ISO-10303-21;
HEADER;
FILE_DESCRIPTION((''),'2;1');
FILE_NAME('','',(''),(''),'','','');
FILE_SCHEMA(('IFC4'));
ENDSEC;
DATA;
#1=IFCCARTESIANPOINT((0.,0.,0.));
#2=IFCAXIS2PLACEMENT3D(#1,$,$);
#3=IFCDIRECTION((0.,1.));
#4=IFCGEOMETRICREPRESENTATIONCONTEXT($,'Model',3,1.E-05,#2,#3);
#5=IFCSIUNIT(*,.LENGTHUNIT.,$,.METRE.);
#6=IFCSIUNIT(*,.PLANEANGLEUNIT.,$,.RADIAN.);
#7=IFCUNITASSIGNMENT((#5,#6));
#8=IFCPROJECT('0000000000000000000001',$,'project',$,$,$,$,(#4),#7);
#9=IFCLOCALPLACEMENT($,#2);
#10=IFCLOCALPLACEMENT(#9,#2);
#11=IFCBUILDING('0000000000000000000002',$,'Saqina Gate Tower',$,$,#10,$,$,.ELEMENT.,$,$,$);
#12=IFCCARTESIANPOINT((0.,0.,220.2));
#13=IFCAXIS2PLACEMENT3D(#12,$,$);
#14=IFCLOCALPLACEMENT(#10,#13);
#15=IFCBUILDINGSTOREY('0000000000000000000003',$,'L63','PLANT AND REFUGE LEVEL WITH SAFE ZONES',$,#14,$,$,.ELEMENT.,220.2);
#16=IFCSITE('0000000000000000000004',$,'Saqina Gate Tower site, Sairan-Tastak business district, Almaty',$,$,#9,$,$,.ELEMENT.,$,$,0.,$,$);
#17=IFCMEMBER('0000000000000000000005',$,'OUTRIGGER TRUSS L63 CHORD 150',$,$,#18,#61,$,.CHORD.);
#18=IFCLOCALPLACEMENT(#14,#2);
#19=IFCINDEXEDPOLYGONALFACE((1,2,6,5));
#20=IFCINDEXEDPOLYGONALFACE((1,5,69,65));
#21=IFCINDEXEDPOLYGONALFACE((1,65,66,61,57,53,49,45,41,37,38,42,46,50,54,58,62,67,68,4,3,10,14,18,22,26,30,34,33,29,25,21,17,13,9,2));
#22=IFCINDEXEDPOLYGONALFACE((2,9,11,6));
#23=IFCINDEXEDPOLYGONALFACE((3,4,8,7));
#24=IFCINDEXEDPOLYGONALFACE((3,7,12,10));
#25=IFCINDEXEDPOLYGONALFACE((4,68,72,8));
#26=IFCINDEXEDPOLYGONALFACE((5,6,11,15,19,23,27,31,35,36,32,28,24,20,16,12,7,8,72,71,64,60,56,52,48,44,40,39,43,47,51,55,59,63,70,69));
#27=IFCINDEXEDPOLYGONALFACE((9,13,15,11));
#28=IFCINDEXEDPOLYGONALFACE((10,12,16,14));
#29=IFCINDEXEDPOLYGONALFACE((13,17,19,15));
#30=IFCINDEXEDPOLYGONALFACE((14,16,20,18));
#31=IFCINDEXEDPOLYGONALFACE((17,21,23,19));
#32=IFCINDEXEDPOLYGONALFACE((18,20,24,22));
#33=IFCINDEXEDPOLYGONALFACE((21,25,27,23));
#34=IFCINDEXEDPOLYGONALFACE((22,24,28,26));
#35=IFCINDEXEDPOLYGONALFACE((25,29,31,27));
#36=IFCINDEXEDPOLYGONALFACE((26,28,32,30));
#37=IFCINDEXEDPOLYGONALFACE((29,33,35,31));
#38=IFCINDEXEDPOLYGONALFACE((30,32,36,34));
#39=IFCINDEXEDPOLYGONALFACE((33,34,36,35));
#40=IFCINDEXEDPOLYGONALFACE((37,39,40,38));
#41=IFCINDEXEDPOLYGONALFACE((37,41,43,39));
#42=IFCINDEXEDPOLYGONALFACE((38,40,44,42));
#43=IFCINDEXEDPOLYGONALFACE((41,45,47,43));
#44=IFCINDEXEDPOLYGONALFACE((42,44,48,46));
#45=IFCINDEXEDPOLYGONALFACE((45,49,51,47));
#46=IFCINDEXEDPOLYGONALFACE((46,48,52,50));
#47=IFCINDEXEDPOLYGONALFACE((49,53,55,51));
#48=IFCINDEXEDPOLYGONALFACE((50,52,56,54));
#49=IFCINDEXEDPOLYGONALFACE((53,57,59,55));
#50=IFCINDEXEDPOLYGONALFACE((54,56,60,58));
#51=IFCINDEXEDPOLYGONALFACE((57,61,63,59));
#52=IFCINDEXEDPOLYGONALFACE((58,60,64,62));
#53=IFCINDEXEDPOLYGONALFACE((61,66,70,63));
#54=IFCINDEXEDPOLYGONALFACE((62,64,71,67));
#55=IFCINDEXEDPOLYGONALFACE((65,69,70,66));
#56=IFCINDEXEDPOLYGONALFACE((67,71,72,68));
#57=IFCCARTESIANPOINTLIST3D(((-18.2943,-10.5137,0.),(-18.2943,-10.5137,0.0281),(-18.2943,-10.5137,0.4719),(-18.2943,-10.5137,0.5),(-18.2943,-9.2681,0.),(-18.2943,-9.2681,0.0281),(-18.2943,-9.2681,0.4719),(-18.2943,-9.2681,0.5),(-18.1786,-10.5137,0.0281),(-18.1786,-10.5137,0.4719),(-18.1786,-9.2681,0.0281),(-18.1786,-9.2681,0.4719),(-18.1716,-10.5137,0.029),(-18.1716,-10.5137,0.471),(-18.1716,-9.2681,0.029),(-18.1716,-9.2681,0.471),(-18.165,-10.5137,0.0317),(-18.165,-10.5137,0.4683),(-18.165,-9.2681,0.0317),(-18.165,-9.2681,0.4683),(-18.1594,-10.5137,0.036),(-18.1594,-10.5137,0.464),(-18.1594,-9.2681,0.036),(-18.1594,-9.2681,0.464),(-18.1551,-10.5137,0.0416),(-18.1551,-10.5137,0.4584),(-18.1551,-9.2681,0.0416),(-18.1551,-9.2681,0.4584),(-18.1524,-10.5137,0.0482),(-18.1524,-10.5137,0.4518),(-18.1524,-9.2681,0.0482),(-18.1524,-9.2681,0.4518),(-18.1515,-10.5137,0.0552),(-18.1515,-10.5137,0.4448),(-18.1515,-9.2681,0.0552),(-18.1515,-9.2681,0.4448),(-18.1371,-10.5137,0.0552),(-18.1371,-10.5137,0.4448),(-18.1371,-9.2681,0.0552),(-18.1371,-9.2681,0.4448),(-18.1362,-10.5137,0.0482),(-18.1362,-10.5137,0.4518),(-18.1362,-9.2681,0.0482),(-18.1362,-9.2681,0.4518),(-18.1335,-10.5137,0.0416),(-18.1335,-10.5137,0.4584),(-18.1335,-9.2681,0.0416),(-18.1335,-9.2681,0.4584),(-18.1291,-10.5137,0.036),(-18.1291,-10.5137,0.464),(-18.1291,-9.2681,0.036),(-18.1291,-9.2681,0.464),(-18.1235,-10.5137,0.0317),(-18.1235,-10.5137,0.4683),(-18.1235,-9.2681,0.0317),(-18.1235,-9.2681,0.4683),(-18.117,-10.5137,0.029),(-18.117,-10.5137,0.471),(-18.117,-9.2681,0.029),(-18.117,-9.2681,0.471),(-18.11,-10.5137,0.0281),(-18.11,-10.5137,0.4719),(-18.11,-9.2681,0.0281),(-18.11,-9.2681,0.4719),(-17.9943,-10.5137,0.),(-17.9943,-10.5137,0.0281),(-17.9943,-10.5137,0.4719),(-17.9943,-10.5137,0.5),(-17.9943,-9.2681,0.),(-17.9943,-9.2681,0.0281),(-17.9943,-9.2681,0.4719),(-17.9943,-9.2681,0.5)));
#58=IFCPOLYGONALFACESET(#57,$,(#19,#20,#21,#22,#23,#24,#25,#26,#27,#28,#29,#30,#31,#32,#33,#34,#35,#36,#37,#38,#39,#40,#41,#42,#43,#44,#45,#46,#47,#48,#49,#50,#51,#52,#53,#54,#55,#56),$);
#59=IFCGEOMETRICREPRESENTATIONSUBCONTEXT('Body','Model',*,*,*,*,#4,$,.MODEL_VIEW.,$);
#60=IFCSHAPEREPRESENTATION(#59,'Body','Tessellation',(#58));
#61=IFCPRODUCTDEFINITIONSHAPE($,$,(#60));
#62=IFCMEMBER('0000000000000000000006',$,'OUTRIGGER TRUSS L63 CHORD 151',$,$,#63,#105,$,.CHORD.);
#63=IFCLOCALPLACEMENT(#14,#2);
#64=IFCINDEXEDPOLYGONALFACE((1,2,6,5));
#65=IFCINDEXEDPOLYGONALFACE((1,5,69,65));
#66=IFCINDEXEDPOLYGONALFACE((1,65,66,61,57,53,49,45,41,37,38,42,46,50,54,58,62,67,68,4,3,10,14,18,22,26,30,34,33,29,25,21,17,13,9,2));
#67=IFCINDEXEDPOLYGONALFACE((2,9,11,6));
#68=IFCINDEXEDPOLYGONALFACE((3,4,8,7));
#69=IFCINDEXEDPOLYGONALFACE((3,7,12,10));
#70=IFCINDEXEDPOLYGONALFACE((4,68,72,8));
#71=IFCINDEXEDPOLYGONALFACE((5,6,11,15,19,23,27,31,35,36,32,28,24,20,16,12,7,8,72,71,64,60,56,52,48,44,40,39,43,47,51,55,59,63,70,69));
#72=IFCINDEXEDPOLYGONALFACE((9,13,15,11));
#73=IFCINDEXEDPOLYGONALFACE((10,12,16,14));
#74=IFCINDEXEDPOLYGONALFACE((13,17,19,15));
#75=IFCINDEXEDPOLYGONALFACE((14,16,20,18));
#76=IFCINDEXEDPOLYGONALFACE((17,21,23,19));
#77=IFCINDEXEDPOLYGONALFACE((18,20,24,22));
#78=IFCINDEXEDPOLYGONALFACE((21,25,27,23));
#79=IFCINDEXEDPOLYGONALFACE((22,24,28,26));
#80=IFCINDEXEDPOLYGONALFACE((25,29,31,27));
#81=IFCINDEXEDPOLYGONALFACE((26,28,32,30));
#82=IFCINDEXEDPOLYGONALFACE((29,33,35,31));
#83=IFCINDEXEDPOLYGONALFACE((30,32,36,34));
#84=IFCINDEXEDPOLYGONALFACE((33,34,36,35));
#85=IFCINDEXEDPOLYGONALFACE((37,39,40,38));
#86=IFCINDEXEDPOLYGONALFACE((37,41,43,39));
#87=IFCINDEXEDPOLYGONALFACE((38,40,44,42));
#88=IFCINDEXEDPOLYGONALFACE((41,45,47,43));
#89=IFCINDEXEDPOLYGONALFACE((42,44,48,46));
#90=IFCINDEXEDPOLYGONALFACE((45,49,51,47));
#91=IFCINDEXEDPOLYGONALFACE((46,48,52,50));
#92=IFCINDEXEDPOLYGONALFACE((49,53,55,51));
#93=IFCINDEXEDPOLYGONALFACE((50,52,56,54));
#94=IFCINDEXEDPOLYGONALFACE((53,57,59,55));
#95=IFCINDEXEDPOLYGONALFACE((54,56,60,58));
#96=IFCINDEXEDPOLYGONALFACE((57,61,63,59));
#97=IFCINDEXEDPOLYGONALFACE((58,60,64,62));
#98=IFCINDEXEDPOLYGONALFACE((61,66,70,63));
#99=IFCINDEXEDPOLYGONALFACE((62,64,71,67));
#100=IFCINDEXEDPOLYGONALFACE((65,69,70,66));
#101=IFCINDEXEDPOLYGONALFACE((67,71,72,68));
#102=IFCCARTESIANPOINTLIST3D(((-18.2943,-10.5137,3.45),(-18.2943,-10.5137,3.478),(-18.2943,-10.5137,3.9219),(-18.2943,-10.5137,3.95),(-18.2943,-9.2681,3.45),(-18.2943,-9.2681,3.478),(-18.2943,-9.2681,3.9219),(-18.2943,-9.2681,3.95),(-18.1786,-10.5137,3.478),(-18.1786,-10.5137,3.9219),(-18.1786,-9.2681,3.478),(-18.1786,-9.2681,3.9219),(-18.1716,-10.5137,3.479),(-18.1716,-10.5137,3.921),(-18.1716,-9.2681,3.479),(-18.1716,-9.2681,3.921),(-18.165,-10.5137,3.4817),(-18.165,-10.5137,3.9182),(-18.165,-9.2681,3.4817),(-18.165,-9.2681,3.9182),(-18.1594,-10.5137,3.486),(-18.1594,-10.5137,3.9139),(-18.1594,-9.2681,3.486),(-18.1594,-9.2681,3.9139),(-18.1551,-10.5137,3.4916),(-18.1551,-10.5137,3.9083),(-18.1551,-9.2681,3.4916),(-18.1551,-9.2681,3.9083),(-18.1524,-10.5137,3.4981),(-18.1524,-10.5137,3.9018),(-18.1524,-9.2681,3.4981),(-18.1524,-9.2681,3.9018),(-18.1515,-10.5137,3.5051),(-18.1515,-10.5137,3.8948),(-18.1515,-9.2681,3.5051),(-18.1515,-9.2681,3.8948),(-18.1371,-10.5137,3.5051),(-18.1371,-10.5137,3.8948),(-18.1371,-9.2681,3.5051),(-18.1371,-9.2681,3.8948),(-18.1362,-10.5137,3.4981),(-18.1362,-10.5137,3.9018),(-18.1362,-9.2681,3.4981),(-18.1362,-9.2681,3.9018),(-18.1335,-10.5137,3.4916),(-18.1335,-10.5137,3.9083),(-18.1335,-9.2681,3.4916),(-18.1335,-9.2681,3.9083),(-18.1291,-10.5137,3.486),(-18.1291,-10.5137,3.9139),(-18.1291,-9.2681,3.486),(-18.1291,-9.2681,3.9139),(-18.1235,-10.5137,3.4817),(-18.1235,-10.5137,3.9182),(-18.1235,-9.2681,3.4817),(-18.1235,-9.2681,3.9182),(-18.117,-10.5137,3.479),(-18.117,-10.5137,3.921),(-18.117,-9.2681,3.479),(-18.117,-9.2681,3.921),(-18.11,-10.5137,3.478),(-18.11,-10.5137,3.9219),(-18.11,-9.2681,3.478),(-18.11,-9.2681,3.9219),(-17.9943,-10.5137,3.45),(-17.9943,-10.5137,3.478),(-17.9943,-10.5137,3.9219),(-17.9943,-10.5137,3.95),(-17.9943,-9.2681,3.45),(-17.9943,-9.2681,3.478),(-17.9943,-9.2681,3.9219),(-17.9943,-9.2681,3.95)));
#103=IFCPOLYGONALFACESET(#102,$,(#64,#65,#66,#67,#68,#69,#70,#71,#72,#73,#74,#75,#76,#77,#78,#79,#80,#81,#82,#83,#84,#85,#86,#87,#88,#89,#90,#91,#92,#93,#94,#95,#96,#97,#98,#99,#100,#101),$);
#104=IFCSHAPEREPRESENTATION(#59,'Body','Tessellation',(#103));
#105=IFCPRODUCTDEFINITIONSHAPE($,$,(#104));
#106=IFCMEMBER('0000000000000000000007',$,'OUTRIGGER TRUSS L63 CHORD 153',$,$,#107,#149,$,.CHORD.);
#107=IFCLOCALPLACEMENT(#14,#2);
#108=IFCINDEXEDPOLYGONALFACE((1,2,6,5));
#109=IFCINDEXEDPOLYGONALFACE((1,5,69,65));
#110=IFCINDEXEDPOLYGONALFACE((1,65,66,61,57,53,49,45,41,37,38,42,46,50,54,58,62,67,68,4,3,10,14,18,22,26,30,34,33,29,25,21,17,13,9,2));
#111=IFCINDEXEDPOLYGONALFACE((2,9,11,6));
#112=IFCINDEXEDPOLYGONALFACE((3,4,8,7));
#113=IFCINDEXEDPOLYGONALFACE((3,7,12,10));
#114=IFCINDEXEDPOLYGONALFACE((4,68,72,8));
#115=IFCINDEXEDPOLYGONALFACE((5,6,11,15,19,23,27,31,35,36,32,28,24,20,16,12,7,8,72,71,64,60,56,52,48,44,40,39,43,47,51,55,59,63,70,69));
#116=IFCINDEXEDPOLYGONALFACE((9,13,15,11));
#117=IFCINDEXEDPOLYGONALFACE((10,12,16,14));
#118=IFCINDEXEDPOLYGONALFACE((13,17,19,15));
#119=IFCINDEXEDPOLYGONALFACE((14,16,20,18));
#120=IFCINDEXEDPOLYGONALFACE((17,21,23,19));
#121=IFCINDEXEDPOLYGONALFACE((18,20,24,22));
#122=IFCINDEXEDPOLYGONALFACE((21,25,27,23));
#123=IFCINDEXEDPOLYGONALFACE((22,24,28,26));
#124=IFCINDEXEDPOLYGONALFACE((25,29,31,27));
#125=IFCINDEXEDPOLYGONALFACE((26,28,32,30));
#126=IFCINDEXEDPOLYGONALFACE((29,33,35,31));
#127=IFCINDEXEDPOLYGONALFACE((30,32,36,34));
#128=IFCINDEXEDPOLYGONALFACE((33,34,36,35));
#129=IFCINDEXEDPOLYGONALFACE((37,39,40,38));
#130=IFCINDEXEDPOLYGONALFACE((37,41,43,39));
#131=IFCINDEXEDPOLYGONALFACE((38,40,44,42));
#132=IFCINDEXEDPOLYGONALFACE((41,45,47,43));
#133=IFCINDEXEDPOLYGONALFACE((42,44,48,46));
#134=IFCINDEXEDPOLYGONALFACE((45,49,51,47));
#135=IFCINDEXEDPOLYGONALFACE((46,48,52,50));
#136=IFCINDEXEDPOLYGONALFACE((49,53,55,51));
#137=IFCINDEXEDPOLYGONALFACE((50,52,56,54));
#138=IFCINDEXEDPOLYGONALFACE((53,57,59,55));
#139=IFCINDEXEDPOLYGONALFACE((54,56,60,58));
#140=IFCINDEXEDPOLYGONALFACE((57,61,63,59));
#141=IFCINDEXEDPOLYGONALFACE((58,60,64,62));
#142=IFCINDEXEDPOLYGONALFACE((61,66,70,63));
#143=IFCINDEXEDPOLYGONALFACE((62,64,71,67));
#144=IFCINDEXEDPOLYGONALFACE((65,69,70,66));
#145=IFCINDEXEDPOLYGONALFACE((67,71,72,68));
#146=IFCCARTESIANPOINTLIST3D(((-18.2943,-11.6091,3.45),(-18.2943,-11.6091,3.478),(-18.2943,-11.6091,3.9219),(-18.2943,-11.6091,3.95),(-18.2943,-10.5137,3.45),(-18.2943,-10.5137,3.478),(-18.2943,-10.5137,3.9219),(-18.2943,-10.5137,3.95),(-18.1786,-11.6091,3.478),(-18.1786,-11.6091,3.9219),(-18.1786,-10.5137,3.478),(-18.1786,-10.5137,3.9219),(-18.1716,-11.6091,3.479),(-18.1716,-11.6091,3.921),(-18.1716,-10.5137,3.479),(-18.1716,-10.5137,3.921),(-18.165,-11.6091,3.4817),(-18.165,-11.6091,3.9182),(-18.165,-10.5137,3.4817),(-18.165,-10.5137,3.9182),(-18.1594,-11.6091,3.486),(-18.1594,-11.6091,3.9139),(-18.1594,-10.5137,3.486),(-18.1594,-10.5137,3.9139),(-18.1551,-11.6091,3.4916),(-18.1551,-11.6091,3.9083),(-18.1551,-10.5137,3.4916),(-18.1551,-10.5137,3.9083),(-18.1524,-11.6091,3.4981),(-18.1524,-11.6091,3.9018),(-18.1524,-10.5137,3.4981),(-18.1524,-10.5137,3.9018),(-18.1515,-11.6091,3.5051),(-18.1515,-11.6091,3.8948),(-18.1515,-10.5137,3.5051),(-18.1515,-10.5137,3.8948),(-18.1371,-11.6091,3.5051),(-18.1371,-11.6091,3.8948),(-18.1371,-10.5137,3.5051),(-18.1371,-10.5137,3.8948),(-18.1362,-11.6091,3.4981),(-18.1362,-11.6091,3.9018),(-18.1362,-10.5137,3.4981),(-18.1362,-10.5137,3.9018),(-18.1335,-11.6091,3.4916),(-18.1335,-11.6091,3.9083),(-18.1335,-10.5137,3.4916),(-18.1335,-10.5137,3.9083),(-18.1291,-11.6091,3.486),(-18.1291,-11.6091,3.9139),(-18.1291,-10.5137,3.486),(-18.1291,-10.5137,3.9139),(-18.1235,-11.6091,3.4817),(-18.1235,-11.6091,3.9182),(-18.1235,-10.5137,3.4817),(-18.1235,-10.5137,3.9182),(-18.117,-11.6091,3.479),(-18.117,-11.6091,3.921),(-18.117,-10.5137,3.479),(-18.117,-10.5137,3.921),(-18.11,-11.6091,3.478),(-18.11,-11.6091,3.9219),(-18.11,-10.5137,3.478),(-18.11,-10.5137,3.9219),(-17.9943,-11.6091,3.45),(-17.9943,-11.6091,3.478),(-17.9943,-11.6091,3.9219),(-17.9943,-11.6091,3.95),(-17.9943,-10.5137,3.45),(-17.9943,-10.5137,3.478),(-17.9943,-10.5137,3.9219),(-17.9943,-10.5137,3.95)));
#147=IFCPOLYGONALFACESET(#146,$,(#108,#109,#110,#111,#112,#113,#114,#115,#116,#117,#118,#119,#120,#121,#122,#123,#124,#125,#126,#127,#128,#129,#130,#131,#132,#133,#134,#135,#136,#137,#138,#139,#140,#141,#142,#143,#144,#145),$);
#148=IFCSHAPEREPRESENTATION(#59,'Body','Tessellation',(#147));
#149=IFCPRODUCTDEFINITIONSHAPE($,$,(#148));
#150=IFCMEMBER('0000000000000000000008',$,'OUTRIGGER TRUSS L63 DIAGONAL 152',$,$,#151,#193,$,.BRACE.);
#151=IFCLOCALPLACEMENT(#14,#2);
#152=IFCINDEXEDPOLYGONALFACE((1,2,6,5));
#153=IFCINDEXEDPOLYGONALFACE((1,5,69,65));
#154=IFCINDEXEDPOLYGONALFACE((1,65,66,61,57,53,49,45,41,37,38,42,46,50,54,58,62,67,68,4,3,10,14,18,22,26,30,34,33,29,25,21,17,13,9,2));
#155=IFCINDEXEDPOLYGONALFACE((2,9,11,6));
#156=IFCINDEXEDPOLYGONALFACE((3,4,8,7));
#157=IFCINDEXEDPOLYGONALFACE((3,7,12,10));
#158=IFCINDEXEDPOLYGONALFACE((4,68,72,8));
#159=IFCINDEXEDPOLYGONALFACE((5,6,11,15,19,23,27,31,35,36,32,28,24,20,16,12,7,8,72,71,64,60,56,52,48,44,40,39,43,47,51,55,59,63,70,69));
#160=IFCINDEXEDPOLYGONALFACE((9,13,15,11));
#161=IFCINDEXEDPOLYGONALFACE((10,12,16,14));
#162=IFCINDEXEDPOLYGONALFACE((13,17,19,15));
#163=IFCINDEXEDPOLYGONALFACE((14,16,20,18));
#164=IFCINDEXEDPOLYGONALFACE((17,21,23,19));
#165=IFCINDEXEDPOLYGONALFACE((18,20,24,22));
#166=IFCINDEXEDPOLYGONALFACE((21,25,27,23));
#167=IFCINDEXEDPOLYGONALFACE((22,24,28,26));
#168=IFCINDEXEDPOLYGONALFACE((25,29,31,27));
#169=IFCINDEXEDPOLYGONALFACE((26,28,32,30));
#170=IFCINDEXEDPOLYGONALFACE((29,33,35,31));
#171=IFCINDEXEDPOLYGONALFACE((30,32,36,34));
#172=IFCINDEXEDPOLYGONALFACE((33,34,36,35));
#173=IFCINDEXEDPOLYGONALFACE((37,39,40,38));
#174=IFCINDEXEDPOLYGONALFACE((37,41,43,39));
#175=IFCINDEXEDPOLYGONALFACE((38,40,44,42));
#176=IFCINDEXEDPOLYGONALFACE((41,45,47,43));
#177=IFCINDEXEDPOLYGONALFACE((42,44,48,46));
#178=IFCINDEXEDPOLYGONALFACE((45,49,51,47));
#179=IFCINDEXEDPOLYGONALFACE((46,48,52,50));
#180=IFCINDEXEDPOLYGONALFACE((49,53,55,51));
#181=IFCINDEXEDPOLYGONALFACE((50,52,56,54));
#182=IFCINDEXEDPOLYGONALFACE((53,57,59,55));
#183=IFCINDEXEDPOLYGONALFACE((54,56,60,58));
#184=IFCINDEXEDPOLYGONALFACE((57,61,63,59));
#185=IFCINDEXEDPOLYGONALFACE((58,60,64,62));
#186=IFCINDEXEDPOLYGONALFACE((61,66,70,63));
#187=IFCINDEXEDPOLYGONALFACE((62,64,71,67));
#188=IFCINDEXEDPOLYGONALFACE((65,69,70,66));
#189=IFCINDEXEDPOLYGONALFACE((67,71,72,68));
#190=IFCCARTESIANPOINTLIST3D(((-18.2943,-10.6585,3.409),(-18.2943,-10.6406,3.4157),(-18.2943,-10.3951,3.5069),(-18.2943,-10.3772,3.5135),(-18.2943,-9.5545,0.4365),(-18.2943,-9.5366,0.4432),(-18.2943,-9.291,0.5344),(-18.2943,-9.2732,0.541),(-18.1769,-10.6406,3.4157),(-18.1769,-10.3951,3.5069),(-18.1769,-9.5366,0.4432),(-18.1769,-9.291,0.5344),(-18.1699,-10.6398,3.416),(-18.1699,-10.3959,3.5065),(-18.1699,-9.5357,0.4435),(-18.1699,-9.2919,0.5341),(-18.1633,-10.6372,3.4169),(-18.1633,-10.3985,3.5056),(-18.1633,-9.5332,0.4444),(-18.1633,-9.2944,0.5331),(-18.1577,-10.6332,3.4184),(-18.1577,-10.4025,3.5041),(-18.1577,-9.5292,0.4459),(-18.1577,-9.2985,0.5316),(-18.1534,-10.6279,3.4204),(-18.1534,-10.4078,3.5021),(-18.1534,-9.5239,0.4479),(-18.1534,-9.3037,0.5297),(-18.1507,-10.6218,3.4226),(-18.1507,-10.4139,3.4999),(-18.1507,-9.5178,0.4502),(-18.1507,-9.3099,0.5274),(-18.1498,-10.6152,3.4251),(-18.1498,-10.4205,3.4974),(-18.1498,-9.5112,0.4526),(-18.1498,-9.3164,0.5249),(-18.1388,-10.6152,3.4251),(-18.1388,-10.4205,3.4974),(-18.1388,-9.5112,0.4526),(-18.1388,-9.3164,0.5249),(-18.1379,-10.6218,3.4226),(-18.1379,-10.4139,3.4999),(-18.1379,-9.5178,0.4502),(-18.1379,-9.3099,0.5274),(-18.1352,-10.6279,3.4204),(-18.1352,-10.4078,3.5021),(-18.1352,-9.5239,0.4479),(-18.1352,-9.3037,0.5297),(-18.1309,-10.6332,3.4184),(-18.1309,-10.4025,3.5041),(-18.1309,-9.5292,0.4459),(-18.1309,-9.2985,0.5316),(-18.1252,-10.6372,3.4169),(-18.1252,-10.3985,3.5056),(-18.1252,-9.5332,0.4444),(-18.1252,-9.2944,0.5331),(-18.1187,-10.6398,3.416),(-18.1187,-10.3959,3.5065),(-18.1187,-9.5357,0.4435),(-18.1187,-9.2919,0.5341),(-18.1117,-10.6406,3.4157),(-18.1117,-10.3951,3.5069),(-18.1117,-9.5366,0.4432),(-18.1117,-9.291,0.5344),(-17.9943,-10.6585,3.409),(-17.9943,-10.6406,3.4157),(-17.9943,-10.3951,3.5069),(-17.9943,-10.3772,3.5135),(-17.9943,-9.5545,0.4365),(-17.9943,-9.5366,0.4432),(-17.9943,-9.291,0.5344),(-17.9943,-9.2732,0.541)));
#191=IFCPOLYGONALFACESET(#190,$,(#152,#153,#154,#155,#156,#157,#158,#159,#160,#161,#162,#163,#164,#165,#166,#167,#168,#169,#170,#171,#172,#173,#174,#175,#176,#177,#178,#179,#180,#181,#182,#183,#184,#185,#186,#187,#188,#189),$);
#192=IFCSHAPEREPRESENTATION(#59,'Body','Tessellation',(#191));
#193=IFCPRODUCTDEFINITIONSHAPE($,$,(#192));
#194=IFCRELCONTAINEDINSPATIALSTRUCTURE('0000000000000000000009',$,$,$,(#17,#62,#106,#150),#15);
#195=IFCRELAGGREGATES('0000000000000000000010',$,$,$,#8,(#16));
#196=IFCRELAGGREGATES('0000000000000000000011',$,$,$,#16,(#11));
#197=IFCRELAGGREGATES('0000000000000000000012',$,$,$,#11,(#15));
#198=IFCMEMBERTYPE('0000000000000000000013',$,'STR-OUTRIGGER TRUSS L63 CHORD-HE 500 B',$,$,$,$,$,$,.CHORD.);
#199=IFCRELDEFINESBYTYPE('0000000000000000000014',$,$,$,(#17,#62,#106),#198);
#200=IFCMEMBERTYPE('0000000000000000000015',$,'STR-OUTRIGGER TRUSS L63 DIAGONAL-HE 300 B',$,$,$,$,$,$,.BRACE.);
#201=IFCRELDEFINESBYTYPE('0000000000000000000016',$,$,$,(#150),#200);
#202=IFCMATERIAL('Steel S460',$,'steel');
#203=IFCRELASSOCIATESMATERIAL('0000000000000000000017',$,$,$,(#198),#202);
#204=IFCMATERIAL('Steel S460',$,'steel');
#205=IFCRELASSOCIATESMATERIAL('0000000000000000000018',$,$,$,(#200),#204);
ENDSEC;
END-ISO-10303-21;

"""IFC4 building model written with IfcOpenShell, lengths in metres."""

from ifc_helpers import new_model, si_unit, direction, frame, origin, origin_2d, place, context, subcontext, project, spatial, i_section, extrude, material, material_profile, profile_set, type_object, element, save


model = new_model("IFC4")

# Units and contexts
model_context = context("Model", 3, precision=1e-05, world=origin(), true_north=direction((0.0, 1.0)))
body_context = subcontext(model_context, "Body", "Model", "MODEL_VIEW")
ifc_project = project(units=[si_unit("LENGTHUNIT", "METRE"), si_unit("PLANEANGLEUNIT", "RADIAN")], contexts=[model_context])

# Site, building, storey
site_placement = place(None, origin())
site = spatial("IfcSite", under=ifc_project, at=site_placement, Name="Saqina Gate Tower site, Sairan-Tastak business district, Almaty", CompositionType="ELEMENT", RefElevation=0.0)
building_placement = place(site_placement, origin())
building = spatial("IfcBuilding", under=site, at=building_placement, Name="Saqina Gate Tower", CompositionType="ELEMENT")
storey_placement = place(building_placement, frame((0.0, 0.0, 220.2)))
storey = spatial("IfcBuildingStorey", under=building, at=storey_placement, Name="L63", Description="PLANT AND REFUGE LEVEL WITH SAFE ZONES", CompositionType="ELEMENT", Elevation=220.2)

# Members
ifc_material_1 = material(Name="Steel S460", Category="steel")
ifc_material_profile_1 = material_profile(ifc_material_1, i_section(OverallWidth=0.3, OverallDepth=0.5, WebThickness=0.0144, FlangeThickness=0.0281, FilletRadius=0.0271, at=origin_2d()), Name="HE 500 B")
ifc_profile_set_1 = profile_set([ifc_material_profile_1], Name="Steel S460")
member_type_1 = type_object("IfcMemberType", Name="STR-OUTRIGGER TRUSS L63 CHORD-HE 500 B", PredefinedType="CHORD", material=ifc_profile_set_1)
for number, where, z_axis, x_axis, name in (
    (1, (-18.1443, -9.2681, 0.25), (0.0, -1.0, 0.0), (1.0, 0.0, 0.0), "OUTRIGGER TRUSS L63 CHORD 150"),
    (2, (-18.1443, -9.2681, 3.7), (0.0, -1.0, 0.0), (1.0, 0.0, 0.0), "OUTRIGGER TRUSS L63 CHORD 151"),
):
    element("IfcMember", number, at=place(storey_placement, frame(where, z_axis=z_axis, x_axis=x_axis)), inside=storey, type_object=member_type_1, Name=name, PredefinedType="CHORD", context=body_context, shape_type="SweptSolid", body=[
        extrude(i_section(OverallWidth=0.3, OverallDepth=0.5, WebThickness=0.0144, FlangeThickness=0.0281, FilletRadius=0.0271, at=origin_2d()), origin(), (0.0, 0.0, 1.0), 1.2456),
    ])
member_1_placement = place(storey_placement, frame((-18.1443, -10.5137, 3.7), z_axis=(0.0, -1.0, 0.0), x_axis=(1.0, 0.0, 0.0)))
element("IfcMember", 3, at=member_1_placement, inside=storey, type_object=member_type_1, Name="OUTRIGGER TRUSS L63 CHORD 153", PredefinedType="CHORD", context=body_context, shape_type="SweptSolid", body=[
    extrude(i_section(OverallWidth=0.3, OverallDepth=0.5, WebThickness=0.0144, FlangeThickness=0.0281, FilletRadius=0.0271, at=origin_2d()), origin(), (0.0, 0.0, 1.0), 1.0955),
])
ifc_material_2 = material(Name="Steel S460", Category="steel")
ifc_material_profile_2 = material_profile(ifc_material_2, i_section(OverallWidth=0.3, OverallDepth=0.3, WebThickness=0.011, FlangeThickness=0.019, FilletRadius=0.0271, at=origin_2d()), Name="HE 300 B")
ifc_profile_set_2 = profile_set([ifc_material_profile_2], Name="Steel S460")
member_type_2 = type_object("IfcMemberType", Name="STR-OUTRIGGER TRUSS L63 DIAGONAL-HE 300 B", PredefinedType="BRACE", material=ifc_profile_set_2)
member_2_placement = place(storey_placement, frame((-18.1443, -9.4138, 0.4888), z_axis=(0.0, -0.348177, 0.937429), x_axis=(1.0, 0.0, 0.0)))
element("IfcMember", 4, at=member_2_placement, inside=storey, type_object=member_type_2, Name="OUTRIGGER TRUSS L63 DIAGONAL 152", PredefinedType="BRACE", context=body_context, shape_type="SweptSolid", body=[
    extrude(i_section(OverallWidth=0.3, OverallDepth=0.3, WebThickness=0.011, FlangeThickness=0.019, FilletRadius=0.0271, at=origin_2d()), origin(), (0.0, 0.0, 1.0), 3.1709),
])

save(model, "model.ifc")
